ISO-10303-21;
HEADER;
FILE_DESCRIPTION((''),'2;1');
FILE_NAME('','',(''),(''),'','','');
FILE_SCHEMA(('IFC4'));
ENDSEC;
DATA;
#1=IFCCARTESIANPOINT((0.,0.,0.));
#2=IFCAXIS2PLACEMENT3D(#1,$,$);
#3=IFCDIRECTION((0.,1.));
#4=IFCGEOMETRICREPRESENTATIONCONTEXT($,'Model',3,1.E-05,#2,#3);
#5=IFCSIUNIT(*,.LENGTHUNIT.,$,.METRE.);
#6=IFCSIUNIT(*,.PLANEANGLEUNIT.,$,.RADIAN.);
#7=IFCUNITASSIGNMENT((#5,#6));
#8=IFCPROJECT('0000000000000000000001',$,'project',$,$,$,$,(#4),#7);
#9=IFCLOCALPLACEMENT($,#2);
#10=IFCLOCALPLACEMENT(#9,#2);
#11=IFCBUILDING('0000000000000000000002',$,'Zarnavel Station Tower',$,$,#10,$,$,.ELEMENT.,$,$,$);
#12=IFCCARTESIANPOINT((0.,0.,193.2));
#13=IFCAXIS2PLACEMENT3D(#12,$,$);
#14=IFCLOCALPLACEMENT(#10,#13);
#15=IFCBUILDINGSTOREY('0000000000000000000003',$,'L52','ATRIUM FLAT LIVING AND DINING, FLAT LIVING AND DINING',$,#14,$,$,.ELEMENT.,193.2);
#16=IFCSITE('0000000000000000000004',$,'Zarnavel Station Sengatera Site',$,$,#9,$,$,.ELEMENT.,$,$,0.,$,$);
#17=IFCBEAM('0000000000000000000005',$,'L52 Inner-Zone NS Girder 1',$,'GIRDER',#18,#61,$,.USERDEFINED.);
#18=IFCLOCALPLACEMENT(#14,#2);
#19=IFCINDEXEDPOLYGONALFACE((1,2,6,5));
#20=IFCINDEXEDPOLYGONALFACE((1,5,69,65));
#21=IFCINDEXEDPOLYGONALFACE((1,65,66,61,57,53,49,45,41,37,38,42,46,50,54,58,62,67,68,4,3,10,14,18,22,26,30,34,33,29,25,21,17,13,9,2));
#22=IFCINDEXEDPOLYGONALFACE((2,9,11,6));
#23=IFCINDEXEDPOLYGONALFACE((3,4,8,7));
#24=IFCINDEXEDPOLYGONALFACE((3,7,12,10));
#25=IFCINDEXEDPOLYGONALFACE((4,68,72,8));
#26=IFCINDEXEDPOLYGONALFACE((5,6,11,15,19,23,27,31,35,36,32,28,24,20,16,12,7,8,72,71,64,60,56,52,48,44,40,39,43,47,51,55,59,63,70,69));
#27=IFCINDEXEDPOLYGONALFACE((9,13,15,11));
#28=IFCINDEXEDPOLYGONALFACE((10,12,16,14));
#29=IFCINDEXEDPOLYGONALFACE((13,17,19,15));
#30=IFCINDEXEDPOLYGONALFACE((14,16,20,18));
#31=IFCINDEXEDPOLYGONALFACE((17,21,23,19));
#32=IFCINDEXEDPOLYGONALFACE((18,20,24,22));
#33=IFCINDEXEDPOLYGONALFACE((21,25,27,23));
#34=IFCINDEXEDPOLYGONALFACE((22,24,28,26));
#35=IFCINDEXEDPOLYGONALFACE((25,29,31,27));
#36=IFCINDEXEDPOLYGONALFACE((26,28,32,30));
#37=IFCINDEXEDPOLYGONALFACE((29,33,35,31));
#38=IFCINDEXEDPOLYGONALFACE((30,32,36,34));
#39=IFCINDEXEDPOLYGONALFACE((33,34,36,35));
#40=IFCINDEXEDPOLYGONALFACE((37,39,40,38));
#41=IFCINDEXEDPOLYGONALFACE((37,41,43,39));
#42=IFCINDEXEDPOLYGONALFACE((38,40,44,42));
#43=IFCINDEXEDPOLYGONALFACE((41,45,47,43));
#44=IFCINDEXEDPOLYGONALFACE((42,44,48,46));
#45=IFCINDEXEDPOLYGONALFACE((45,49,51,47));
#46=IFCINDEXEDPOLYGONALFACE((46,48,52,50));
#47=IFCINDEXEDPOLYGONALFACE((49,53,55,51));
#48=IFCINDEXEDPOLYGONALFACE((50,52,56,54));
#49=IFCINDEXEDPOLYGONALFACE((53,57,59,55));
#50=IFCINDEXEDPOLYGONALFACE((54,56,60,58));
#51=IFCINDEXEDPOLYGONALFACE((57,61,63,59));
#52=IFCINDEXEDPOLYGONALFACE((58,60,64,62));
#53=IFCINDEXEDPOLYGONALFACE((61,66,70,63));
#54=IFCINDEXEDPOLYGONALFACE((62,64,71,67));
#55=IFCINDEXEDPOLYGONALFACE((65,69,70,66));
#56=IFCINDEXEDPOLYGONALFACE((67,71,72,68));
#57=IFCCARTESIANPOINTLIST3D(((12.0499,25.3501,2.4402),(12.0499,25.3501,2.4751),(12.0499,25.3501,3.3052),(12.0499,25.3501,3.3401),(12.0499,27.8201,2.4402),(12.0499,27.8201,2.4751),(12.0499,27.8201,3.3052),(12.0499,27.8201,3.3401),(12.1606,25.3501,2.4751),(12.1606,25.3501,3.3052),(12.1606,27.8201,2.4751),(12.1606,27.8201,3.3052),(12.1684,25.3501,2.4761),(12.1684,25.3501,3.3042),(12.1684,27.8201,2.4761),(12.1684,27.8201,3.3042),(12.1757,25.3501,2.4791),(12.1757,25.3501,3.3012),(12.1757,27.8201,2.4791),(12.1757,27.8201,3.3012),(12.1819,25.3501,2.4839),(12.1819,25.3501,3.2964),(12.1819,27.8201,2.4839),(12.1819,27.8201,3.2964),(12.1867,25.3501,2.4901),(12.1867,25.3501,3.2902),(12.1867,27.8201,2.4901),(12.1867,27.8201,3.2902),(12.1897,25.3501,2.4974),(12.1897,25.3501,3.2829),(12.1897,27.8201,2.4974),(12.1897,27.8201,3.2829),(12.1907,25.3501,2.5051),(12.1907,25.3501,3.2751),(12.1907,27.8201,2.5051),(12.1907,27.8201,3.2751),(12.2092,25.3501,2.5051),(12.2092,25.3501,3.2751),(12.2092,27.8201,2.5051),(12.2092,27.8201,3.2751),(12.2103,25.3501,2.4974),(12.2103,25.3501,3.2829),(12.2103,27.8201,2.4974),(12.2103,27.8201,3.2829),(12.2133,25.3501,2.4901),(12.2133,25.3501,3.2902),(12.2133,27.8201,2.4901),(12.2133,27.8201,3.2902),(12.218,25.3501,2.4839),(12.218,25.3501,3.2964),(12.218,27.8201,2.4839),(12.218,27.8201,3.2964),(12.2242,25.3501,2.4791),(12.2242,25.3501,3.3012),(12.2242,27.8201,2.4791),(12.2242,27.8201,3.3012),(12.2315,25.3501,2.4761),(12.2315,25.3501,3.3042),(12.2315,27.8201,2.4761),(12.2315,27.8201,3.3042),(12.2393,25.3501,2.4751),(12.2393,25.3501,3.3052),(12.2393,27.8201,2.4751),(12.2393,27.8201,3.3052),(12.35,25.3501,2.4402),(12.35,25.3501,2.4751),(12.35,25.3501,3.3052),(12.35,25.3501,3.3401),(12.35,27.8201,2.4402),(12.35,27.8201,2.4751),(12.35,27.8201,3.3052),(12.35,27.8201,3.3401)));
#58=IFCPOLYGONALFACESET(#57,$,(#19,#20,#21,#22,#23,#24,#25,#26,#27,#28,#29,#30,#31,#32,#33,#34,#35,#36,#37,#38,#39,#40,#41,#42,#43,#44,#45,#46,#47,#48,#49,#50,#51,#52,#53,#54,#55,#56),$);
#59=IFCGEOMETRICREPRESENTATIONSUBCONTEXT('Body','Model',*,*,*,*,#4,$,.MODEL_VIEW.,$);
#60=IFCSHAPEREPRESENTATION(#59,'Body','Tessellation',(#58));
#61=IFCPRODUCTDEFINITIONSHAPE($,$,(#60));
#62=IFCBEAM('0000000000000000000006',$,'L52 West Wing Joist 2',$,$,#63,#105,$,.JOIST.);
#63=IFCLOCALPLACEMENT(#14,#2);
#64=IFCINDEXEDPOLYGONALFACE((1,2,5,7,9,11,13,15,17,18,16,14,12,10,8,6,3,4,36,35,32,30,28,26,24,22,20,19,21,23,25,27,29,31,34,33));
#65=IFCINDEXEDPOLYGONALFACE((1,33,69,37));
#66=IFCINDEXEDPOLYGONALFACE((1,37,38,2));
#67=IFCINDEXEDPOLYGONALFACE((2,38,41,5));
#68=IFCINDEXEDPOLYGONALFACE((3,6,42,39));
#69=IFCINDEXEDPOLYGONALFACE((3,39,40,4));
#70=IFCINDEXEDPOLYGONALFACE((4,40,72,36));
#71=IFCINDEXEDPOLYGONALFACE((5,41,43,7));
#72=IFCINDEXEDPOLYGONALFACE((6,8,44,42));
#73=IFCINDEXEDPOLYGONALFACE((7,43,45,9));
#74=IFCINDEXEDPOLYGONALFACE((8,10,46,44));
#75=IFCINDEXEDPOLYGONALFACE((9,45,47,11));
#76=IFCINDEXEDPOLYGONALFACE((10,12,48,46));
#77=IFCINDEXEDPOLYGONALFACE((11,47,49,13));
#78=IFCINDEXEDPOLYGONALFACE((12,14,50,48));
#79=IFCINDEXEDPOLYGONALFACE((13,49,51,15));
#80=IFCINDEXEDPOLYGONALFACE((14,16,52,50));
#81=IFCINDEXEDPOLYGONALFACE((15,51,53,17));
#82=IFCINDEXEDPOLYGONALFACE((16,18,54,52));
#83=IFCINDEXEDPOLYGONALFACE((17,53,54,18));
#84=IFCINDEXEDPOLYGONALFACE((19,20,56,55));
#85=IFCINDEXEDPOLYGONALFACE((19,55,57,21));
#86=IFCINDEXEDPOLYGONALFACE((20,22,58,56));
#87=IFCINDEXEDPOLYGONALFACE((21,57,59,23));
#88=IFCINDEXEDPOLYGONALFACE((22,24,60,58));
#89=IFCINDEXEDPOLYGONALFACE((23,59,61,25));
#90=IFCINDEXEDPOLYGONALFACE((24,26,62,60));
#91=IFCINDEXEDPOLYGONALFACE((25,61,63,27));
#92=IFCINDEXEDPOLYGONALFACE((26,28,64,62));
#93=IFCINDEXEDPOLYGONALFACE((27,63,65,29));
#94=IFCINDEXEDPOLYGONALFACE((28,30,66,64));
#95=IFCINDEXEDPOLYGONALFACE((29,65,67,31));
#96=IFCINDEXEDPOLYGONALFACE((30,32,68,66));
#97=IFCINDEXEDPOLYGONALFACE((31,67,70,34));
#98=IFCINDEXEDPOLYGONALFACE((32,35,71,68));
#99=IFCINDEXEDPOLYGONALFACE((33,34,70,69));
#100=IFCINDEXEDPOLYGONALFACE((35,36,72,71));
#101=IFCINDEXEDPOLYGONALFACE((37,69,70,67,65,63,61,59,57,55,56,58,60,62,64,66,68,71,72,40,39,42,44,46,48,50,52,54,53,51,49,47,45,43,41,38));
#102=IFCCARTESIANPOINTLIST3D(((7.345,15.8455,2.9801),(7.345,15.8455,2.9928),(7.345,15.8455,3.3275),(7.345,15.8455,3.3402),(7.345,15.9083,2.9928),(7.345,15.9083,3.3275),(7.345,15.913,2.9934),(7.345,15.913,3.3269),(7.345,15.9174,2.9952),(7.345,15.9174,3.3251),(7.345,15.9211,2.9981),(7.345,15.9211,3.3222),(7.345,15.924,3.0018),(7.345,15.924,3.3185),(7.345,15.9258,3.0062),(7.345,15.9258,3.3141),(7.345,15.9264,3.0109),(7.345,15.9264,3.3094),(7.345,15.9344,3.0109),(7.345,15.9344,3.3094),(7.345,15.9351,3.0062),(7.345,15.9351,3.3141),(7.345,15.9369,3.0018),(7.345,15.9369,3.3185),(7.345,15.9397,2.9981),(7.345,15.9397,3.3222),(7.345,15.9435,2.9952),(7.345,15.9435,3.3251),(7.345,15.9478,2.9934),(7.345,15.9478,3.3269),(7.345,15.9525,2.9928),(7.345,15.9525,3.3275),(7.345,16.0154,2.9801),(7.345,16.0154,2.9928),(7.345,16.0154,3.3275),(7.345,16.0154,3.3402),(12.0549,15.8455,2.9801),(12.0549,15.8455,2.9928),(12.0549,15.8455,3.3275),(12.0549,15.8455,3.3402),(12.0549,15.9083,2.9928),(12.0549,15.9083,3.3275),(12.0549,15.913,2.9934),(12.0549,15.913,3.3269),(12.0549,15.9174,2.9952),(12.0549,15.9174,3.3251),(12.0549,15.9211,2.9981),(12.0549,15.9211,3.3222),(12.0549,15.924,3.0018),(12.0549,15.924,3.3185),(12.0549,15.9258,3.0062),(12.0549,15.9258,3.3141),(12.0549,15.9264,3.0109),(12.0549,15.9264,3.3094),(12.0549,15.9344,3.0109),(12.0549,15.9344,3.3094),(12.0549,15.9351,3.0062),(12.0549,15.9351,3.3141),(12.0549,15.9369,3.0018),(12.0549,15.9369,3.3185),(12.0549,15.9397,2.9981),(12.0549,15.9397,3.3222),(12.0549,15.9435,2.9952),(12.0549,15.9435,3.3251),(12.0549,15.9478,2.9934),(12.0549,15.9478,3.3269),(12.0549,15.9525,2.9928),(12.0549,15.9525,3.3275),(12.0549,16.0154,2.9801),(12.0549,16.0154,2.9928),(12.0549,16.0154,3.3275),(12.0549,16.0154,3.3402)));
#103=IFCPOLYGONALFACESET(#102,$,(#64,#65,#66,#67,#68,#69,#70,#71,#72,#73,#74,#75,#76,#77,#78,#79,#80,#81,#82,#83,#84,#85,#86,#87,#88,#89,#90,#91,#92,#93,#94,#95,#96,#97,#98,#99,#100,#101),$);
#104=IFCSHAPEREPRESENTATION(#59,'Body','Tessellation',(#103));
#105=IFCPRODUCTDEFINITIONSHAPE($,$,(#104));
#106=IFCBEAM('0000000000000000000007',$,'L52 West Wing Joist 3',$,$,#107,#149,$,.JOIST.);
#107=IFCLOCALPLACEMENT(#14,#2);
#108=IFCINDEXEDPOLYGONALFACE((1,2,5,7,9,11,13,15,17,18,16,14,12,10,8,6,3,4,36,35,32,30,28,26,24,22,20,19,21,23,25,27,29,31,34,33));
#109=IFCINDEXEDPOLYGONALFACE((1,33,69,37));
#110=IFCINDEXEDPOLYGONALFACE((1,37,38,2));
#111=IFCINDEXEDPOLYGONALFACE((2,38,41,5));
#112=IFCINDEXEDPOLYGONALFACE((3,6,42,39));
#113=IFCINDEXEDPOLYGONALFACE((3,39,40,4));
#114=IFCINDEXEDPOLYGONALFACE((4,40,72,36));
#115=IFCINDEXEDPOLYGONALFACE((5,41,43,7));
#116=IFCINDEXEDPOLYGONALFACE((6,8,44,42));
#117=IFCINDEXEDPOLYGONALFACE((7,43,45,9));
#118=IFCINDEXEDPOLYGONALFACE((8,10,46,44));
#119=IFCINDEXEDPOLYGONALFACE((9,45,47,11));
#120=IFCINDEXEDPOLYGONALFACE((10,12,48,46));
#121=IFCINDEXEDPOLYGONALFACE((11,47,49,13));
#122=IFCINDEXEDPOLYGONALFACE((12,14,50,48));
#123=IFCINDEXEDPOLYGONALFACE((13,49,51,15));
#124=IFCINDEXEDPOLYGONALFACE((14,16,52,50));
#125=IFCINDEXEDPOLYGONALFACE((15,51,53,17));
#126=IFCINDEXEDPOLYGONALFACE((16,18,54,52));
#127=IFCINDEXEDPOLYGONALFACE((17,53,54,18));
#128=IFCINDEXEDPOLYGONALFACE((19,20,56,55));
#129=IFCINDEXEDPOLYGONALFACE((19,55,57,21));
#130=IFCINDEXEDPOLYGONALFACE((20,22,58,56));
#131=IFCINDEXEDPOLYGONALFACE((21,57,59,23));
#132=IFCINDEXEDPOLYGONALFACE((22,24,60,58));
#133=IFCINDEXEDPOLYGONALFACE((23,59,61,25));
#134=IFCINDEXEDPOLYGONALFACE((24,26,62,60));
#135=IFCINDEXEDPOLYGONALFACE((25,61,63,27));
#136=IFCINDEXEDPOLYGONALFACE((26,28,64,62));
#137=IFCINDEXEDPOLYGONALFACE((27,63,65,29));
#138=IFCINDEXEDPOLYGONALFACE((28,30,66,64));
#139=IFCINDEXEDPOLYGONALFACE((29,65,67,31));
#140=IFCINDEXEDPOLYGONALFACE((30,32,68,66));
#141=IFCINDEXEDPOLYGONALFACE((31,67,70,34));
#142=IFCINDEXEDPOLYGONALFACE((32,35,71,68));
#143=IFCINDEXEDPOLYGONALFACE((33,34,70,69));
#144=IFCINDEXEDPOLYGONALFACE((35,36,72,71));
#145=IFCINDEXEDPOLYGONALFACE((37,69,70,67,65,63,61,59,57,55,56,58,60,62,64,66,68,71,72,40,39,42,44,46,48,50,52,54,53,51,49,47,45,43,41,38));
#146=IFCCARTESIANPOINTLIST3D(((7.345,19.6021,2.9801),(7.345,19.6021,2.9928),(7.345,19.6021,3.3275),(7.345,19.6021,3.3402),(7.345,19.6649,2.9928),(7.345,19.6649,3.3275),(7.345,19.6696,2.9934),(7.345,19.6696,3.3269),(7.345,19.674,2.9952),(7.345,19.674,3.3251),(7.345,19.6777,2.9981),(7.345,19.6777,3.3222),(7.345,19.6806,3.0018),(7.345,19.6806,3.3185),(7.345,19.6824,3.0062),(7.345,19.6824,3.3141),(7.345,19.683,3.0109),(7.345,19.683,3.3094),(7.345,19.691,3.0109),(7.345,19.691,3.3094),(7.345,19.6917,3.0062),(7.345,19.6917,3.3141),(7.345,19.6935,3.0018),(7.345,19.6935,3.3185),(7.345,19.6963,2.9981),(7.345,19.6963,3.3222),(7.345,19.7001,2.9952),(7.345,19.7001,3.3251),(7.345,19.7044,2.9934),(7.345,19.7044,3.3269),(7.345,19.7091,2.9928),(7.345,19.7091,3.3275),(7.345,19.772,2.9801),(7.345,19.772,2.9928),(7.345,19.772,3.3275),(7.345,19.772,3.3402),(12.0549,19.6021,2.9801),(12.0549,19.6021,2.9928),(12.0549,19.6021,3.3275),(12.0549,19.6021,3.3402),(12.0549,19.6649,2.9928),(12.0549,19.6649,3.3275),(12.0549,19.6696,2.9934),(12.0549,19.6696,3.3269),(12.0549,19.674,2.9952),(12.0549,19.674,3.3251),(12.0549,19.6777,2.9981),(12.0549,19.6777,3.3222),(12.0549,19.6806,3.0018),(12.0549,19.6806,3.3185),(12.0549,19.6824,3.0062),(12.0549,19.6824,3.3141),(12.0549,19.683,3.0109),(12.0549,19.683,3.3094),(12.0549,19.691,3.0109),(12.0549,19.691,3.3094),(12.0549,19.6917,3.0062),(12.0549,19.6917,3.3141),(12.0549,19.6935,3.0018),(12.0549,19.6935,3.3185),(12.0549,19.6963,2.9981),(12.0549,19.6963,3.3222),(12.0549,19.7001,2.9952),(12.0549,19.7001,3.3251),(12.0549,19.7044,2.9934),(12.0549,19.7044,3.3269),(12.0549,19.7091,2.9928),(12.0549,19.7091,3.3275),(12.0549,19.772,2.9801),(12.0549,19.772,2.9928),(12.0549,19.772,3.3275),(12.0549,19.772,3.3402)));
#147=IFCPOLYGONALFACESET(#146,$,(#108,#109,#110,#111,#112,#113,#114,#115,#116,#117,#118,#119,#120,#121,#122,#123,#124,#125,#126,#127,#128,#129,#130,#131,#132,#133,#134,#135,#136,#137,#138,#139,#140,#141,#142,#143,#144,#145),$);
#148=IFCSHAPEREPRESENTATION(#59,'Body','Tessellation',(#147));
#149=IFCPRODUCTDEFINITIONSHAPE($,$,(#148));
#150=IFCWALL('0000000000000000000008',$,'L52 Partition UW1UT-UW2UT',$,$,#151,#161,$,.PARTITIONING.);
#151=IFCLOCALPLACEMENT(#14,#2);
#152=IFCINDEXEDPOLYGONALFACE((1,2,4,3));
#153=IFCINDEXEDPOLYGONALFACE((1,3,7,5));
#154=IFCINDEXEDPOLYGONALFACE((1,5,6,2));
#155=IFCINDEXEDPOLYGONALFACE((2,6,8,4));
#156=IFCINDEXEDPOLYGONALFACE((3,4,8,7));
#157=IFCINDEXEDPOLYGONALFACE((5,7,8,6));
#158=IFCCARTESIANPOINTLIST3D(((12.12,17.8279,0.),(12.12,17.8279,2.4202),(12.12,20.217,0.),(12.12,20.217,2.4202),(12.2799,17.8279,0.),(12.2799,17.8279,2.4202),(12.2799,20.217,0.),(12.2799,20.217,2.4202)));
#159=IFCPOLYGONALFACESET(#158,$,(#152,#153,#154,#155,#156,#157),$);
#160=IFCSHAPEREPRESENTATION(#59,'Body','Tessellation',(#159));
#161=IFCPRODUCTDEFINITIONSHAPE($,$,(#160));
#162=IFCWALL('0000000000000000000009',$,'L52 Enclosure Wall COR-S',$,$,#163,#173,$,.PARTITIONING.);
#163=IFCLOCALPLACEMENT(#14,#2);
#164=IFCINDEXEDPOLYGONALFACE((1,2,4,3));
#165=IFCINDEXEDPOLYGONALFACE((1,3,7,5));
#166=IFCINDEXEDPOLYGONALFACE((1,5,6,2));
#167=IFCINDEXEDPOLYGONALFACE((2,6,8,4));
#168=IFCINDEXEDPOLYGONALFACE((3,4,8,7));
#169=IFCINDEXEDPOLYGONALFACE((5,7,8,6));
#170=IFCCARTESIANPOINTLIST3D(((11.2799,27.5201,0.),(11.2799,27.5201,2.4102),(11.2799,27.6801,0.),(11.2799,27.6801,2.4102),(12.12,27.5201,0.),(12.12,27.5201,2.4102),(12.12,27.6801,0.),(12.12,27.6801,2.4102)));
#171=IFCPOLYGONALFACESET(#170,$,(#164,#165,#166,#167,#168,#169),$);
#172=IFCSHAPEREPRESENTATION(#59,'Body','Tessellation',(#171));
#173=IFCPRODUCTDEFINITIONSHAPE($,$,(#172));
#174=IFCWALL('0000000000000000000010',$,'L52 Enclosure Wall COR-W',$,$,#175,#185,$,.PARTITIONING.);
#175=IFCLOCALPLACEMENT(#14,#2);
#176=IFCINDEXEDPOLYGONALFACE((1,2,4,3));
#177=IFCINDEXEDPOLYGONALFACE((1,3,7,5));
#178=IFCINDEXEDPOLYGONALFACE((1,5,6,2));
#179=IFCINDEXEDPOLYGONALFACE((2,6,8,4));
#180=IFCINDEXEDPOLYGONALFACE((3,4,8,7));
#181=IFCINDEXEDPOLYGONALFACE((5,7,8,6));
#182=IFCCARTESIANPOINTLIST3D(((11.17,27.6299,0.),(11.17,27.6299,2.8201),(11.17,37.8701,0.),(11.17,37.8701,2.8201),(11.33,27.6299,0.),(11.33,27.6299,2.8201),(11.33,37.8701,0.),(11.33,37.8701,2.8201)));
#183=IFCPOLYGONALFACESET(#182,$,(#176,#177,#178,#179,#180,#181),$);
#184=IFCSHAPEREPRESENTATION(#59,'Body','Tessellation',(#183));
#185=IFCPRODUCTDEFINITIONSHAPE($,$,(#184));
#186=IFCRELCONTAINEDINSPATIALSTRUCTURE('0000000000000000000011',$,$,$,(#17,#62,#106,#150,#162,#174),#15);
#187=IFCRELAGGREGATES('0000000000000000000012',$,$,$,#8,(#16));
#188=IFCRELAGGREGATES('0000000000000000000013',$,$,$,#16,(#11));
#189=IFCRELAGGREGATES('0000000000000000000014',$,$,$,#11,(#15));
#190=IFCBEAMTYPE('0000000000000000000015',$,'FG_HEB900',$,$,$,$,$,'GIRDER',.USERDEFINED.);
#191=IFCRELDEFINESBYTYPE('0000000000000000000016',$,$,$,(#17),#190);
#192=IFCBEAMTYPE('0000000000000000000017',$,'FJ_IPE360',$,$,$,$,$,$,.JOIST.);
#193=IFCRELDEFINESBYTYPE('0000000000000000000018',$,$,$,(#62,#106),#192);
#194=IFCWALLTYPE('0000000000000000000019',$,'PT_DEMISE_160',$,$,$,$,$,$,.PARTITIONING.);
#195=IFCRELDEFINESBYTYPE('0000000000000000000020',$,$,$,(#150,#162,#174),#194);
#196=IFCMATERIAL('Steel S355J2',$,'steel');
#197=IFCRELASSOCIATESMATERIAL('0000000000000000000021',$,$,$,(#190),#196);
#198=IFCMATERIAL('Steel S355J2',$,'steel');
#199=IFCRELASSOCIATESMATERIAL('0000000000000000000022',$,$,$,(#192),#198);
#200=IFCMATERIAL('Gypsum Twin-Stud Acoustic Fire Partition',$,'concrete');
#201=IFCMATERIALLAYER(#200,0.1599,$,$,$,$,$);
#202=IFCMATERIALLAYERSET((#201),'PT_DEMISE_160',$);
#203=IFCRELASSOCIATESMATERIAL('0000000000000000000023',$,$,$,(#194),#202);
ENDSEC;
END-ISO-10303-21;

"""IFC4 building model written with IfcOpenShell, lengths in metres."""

from ifc_helpers import new_model, si_unit, direction, frame, frame_2d, origin, origin_2d, place, context, subcontext, project, spatial, rectangle, i_section, extrude, material, layer, layer_set, material_profile, profile_set, type_object, element, save


model = new_model("IFC4")

# Units and contexts
model_context = context("Model", 3, precision=1e-05, world=origin(), true_north=direction((0.0, 1.0)))
body_context = subcontext(model_context, "Body", "Model", "MODEL_VIEW")
ifc_project = project(units=[si_unit("LENGTHUNIT", "METRE"), si_unit("PLANEANGLEUNIT", "RADIAN")], contexts=[model_context])

# Site, building, storey
site_placement = place(None, origin())
site = spatial("IfcSite", under=ifc_project, at=site_placement, Name="Zarnavel Station Sengatera Site", CompositionType="ELEMENT", RefElevation=0.0)
building_placement = place(site_placement, origin())
building = spatial("IfcBuilding", under=site, at=building_placement, Name="Zarnavel Station Tower", CompositionType="ELEMENT")
storey_placement = place(building_placement, frame((0.0, 0.0, 193.2)))
storey = spatial("IfcBuildingStorey", under=building, at=storey_placement, Name="L52", Description="ATRIUM FLAT LIVING AND DINING, FLAT LIVING AND DINING", CompositionType="ELEMENT", Elevation=193.2)

# Beams
ifc_material_1 = material(Name="Steel S355J2", Category="steel")
ifc_material_profile_1 = material_profile(ifc_material_1, i_section(OverallWidth=0.3, OverallDepth=0.8999, WebThickness=0.0186, FlangeThickness=0.0349, FilletRadius=0.03, at=origin_2d()), Name="HEB900")
ifc_profile_set_1 = profile_set([ifc_material_profile_1], Name="Steel S355J2")
beam_type_1 = type_object("IfcBeamType", Name="FG_HEB900", ElementType="GIRDER", PredefinedType="USERDEFINED", material=ifc_profile_set_1)
beam_1_placement = place(storey_placement, frame((12.2, 25.3501, 2.8901), z_axis=(0.0, 1.0, 0.0), x_axis=(-1.0, 0.0, 0.0)))
element("IfcBeam", 1, at=beam_1_placement, inside=storey, type_object=beam_type_1, Name="L52 Inner-Zone NS Girder 1", ObjectType="GIRDER", PredefinedType="USERDEFINED", context=body_context, shape_type="SweptSolid", body=[
    extrude(i_section(OverallWidth=0.3, OverallDepth=0.8999, WebThickness=0.0186, FlangeThickness=0.0349, FilletRadius=0.03, at=origin_2d()), origin(), (0.0, 0.0, 1.0), 2.47),
])
ifc_material_2 = material(Name="Steel S355J2", Category="steel")
ifc_material_profile_2 = material_profile(ifc_material_2, i_section(OverallWidth=0.1699, OverallDepth=0.3601, WebThickness=0.0081, FlangeThickness=0.0127, FilletRadius=0.0181, at=origin_2d()), Name="IPE360")
ifc_profile_set_2 = profile_set([ifc_material_profile_2], Name="Steel S355J2")
beam_type_2 = type_object("IfcBeamType", Name="FJ_IPE360", PredefinedType="JOIST", material=ifc_profile_set_2)
for number, where, z_axis, x_axis, name in (
    (2, (7.345, 15.9304, 3.1602), (1.0, 0.0, 0.0), (0.0, 1.0, 0.0), "L52 West Wing Joist 2"),
    (3, (7.345, 19.687, 3.1602), (1.0, 0.0, 0.0), (0.0, 1.0, 0.0), "L52 West Wing Joist 3"),
):
    element("IfcBeam", number, at=place(storey_placement, frame(where, z_axis=z_axis, x_axis=x_axis)), inside=storey, type_object=beam_type_2, Name=name, PredefinedType="JOIST", context=body_context, shape_type="SweptSolid", body=[
        extrude(i_section(OverallWidth=0.1699, OverallDepth=0.3601, WebThickness=0.0081, FlangeThickness=0.0127, FilletRadius=0.0181, at=origin_2d()), origin(), (0.0, 0.0, 1.0), 4.71),
    ])

# Shared definitions
ifc_material_3 = material(Name="Gypsum Twin-Stud Acoustic Fire Partition", Category="concrete")
ifc_layer_1 = layer(ifc_material_3, 0.1599)
ifc_layer_set_1 = layer_set([ifc_layer_1], Name="PT_DEMISE_160")
wall_type_1 = type_object("IfcWallType", Name="PT_DEMISE_160", PredefinedType="PARTITIONING", material=ifc_layer_set_1)

# Walls
wall_1_placement = place(storey_placement, frame((12.2, 17.8279, 0.0), z_axis=(0.0, 0.0, 1.0), x_axis=(0.0, 1.0, 0.0)))
element("IfcWall", 4, at=wall_1_placement, inside=storey, type_object=wall_type_1, Name="L52 Partition UW1UT-UW2UT", PredefinedType="PARTITIONING", context=body_context, shape_type="SweptSolid", body=[
    extrude(rectangle(XDim=2.3892, YDim=0.1599, at=frame_2d((1.1946, 0.0))), origin(), (0.0, 0.0, 1.0), 2.4202),
])
wall_2_placement = place(storey_placement, frame((11.28, 27.6001, 0.0), z_axis=(0.0, 0.0, 1.0), x_axis=(1.0, 0.0, 0.0)))
element("IfcWall", 5, at=wall_2_placement, inside=storey, type_object=wall_type_1, Name="L52 Enclosure Wall COR-S", PredefinedType="PARTITIONING", context=body_context, shape_type="SweptSolid", body=[
    extrude(rectangle(XDim=0.8401, YDim=0.1599, at=frame_2d((0.4199, 0.0))), origin(), (0.0, 0.0, 1.0), 2.4102),
])
wall_3_placement = place(storey_placement, frame((11.25, 27.6299, 0.0), z_axis=(0.0, 0.0, 1.0), x_axis=(0.0, 1.0, 0.0)))
element("IfcWall", 6, at=wall_3_placement, inside=storey, type_object=wall_type_1, Name="L52 Enclosure Wall COR-W", PredefinedType="PARTITIONING", context=body_context, shape_type="SweptSolid", body=[
    extrude(rectangle(XDim=10.2402, YDim=0.1599, at=frame_2d((5.1201, 0.0))), origin(), (0.0, 0.0, 1.0), 2.8201),
])

save(model, "model.ifc")
